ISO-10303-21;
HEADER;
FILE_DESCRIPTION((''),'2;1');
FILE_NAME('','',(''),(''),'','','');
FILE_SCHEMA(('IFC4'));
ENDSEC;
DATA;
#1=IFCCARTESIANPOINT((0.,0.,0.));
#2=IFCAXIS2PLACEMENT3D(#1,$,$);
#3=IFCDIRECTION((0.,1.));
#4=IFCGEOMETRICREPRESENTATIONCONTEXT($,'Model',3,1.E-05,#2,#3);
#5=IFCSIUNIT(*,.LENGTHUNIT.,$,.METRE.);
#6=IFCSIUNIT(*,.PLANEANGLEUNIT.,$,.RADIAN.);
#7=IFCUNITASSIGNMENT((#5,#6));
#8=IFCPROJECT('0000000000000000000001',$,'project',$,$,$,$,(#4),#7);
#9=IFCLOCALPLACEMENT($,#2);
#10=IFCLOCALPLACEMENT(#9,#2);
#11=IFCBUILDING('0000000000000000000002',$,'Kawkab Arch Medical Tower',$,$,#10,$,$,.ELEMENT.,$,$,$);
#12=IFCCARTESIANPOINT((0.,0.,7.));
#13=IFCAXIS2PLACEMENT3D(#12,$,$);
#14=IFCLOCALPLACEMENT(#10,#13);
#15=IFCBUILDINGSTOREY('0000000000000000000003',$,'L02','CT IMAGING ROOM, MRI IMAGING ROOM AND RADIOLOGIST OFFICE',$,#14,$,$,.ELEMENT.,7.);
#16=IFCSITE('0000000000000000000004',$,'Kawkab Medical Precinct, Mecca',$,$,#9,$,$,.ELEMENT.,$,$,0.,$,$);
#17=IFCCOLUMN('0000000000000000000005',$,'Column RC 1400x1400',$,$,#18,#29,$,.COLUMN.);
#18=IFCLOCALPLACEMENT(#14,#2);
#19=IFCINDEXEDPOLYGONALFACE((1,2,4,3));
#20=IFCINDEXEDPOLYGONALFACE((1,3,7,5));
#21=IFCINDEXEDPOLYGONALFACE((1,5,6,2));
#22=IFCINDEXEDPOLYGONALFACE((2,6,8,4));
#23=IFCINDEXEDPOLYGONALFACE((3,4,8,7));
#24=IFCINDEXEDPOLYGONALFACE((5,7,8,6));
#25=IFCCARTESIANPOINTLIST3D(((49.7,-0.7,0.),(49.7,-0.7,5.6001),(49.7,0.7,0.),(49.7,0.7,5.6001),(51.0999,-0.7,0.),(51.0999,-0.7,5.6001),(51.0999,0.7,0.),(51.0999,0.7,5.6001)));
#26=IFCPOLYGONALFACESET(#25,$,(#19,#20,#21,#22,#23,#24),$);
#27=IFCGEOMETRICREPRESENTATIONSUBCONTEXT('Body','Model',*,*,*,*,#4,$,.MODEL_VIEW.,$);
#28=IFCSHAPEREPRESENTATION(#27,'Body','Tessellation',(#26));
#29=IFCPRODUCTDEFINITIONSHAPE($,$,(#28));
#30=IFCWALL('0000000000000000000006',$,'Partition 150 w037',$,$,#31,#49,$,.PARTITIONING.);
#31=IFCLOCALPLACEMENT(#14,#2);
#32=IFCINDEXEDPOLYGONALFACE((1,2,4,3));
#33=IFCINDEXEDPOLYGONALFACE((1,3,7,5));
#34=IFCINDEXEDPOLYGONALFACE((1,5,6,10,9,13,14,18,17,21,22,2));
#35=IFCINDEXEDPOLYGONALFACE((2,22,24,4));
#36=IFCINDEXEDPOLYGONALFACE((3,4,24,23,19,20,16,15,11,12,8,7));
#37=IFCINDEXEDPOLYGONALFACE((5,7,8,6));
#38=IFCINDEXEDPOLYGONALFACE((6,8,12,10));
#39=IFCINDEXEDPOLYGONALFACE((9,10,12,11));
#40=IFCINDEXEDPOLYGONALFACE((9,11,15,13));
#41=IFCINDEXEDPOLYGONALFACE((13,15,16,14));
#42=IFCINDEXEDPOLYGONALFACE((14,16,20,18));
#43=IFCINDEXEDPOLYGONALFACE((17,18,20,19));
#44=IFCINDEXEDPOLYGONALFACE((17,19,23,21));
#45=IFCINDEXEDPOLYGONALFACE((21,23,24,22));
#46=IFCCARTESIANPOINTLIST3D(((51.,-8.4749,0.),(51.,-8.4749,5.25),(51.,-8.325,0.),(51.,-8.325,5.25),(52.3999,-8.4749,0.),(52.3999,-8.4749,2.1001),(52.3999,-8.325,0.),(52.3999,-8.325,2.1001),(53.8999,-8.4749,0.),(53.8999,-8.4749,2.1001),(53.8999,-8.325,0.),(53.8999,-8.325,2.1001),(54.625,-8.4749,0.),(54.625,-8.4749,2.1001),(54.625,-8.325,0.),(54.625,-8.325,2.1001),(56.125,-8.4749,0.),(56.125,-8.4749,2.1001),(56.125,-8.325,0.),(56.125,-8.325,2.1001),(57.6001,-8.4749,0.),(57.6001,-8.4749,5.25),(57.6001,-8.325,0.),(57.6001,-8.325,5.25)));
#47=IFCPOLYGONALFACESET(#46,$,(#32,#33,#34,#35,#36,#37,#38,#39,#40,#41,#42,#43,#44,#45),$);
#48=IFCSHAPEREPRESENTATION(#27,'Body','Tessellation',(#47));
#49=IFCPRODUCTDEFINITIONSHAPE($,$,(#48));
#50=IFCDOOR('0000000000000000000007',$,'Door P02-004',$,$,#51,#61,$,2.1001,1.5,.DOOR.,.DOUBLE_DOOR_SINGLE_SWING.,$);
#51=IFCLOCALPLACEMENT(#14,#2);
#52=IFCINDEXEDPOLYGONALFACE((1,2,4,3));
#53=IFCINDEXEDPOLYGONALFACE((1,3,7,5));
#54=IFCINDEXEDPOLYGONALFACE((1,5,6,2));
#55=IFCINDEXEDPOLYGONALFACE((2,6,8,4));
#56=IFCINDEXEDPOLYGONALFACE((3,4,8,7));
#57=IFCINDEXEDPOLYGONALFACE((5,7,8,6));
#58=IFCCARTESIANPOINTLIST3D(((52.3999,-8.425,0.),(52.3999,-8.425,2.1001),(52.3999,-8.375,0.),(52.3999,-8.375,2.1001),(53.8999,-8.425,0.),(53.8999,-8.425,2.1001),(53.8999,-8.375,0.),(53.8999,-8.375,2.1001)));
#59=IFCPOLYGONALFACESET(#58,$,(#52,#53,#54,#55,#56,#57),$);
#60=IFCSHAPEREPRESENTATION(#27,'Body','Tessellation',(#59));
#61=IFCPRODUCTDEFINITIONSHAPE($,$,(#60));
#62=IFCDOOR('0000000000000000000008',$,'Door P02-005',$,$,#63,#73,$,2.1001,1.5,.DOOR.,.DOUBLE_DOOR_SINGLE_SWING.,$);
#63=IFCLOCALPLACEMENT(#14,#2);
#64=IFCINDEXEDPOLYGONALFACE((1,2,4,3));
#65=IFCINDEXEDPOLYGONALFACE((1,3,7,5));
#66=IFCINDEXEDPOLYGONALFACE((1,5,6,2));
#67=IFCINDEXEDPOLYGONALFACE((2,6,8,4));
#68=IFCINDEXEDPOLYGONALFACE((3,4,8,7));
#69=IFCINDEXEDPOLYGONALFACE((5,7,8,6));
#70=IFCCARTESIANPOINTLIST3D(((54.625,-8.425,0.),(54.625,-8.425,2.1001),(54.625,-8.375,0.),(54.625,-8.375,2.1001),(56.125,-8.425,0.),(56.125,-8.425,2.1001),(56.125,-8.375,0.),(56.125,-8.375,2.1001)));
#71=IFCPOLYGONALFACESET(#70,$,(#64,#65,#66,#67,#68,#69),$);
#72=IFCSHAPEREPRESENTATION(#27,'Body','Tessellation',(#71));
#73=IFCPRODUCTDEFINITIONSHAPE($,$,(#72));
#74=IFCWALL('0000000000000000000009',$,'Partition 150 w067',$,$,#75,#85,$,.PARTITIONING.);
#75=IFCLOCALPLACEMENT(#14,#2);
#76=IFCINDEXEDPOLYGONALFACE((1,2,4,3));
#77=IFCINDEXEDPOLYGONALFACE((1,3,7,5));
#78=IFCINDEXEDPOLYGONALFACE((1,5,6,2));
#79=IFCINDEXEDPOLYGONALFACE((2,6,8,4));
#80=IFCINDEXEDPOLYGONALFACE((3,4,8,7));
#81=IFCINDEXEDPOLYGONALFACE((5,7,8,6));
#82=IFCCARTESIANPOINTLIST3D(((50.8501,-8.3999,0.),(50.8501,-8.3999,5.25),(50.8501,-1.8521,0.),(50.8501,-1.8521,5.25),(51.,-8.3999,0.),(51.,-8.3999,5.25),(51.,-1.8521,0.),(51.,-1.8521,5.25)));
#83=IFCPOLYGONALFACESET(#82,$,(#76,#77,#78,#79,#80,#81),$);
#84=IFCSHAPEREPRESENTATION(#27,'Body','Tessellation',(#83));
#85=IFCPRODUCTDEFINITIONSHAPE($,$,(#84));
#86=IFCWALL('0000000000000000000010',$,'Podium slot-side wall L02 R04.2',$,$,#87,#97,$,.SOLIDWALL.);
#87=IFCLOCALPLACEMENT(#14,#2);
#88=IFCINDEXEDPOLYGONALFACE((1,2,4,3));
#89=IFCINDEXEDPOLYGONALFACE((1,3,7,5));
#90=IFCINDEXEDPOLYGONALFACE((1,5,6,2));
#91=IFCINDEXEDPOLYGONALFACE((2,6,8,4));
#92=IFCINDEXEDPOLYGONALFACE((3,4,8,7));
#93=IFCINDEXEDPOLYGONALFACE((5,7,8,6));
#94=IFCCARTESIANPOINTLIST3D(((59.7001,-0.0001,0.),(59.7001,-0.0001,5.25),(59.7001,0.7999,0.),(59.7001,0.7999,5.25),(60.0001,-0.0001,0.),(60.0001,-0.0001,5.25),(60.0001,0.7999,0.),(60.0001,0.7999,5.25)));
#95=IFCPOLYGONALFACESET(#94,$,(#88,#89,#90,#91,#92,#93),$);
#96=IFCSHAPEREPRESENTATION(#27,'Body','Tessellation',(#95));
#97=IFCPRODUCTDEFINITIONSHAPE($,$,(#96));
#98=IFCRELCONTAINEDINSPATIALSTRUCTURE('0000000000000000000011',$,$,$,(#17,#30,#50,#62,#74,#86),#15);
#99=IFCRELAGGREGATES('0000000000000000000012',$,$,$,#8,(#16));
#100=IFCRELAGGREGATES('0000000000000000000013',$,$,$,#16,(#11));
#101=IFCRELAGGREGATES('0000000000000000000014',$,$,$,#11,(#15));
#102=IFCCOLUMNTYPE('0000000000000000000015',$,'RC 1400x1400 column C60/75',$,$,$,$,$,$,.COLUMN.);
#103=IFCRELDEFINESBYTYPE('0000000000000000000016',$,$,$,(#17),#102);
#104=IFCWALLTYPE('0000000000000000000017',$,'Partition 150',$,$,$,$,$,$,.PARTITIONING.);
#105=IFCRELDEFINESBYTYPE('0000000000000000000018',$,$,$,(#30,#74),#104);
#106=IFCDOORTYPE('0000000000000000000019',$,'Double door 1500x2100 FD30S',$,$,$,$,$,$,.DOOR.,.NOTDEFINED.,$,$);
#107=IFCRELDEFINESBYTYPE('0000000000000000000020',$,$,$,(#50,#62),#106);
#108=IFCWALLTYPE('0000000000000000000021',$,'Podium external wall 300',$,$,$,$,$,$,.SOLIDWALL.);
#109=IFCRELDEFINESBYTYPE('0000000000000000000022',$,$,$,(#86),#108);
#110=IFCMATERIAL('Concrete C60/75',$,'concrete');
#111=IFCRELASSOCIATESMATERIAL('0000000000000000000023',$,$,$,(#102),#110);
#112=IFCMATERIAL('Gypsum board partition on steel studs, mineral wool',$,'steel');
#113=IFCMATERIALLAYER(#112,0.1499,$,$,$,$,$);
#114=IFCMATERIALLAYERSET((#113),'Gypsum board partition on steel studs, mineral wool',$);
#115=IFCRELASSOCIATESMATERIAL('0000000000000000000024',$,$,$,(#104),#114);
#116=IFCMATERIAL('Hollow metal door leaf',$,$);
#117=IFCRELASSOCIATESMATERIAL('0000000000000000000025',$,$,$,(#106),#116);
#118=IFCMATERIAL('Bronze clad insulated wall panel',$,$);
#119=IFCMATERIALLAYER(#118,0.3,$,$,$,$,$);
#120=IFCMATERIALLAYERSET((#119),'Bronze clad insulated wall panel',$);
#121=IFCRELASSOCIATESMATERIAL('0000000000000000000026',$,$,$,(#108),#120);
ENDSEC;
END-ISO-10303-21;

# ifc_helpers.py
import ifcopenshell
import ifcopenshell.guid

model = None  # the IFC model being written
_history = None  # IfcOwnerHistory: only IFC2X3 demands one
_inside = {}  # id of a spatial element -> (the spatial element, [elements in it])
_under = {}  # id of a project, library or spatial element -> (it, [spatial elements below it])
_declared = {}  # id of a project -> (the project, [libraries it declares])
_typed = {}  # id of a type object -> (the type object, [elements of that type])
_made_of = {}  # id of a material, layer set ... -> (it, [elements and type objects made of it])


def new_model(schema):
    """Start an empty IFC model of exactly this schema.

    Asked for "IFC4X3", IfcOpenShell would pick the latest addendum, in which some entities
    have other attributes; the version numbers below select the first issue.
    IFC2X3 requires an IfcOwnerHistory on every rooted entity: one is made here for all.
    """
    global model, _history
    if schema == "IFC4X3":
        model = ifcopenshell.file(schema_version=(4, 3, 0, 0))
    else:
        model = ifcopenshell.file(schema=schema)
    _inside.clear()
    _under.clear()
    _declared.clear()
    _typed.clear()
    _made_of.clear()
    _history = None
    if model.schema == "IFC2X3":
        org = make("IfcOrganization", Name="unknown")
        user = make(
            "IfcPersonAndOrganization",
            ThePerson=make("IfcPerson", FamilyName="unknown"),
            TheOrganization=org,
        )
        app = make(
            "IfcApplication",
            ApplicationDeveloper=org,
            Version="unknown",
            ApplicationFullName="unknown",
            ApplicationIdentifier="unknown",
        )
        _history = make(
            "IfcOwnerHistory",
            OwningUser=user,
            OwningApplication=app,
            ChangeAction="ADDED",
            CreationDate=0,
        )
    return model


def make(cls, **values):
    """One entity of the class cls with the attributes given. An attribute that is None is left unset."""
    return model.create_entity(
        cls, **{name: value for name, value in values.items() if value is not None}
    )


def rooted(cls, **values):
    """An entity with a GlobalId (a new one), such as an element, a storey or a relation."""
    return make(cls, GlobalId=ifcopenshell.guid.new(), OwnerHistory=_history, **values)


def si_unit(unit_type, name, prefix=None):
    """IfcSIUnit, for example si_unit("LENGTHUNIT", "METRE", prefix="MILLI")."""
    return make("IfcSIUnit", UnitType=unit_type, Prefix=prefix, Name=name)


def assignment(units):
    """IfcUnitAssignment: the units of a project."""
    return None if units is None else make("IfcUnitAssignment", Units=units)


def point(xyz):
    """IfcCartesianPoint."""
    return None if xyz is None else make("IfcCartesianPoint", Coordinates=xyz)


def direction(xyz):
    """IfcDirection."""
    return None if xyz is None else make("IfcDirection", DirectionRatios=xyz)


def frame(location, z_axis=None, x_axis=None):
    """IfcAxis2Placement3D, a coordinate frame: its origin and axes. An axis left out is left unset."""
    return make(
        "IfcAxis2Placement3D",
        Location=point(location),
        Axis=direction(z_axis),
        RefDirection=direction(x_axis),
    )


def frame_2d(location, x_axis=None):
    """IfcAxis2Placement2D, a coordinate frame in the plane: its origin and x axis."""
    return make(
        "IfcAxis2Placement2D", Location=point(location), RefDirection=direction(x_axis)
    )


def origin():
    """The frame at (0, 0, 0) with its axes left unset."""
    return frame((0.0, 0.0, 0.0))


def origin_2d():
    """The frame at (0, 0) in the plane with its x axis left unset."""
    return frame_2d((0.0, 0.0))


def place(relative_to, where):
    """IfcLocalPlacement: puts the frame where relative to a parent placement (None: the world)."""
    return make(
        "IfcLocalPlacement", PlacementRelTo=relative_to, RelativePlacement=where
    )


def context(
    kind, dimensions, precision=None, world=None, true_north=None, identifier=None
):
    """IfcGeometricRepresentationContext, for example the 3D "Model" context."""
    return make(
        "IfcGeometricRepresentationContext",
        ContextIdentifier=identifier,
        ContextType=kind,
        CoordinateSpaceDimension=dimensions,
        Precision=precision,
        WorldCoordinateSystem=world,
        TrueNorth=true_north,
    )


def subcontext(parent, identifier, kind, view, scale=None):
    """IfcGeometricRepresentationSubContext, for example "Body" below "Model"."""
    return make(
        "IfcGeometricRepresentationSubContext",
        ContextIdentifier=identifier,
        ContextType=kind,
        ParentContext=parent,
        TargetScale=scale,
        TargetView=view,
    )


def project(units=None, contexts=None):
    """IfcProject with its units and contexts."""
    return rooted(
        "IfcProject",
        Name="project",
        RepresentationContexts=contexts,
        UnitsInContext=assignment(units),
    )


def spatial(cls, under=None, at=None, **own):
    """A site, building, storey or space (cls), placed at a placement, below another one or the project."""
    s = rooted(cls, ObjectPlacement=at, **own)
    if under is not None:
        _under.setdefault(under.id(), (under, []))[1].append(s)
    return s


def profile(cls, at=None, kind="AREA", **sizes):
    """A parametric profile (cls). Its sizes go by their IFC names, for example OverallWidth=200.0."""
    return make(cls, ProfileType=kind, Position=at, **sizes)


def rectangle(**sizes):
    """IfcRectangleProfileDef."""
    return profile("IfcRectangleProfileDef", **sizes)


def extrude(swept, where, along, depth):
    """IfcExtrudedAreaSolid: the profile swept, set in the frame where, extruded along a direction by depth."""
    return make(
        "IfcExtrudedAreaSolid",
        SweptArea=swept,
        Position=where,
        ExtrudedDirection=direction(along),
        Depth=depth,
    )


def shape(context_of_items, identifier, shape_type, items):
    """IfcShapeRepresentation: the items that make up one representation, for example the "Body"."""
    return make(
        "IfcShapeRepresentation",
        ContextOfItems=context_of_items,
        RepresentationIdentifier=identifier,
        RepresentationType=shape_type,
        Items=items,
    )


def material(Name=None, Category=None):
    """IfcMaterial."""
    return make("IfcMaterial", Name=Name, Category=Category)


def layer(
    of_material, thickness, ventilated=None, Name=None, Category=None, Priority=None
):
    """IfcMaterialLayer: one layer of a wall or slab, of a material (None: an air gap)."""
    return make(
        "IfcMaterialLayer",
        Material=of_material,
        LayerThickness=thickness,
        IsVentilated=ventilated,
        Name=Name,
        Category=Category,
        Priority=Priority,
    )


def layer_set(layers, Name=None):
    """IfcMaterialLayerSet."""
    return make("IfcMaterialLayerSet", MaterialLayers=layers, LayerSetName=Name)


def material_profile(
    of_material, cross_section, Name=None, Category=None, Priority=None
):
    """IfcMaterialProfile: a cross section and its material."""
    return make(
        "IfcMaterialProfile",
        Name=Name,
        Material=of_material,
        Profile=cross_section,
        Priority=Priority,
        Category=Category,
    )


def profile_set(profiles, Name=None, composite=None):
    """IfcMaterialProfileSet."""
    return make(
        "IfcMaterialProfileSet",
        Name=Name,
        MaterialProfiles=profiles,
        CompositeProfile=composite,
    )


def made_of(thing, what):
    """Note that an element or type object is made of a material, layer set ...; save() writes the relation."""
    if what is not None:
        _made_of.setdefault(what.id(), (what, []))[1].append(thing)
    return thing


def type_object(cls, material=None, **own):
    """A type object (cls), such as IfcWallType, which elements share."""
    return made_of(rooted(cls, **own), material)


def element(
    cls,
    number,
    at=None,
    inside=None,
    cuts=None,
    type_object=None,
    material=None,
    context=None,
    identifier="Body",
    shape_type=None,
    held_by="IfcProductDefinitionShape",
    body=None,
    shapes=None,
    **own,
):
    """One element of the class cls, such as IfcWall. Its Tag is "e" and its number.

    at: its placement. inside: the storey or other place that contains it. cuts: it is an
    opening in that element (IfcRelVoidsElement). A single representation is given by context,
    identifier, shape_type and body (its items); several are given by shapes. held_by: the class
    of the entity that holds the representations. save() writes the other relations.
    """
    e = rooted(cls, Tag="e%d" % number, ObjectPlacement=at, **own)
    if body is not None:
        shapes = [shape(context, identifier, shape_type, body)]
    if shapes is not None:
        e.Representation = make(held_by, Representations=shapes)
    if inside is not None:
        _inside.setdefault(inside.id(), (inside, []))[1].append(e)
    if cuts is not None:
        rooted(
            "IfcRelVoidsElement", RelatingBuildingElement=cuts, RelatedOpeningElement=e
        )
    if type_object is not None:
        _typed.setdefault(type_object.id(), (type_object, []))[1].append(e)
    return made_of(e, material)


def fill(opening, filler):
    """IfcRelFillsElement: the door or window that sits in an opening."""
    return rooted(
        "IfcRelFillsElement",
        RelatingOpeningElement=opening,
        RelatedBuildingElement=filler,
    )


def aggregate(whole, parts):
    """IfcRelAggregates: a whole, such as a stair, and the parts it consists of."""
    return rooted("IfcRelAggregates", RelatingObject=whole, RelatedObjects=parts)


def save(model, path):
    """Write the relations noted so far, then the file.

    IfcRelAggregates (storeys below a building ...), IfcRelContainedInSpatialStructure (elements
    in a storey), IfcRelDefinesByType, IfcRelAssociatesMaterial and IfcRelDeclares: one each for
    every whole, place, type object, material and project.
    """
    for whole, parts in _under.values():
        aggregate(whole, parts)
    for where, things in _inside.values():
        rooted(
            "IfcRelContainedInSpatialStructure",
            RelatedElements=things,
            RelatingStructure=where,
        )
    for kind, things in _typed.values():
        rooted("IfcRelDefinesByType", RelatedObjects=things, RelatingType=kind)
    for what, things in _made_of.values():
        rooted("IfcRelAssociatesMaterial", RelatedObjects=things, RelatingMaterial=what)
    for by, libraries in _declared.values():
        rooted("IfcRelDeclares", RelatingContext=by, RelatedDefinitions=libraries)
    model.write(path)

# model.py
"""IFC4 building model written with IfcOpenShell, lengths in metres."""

from ifc_helpers import new_model, si_unit, direction, frame, frame_2d, origin, origin_2d, place, context, subcontext, project, spatial, rectangle, extrude, material, layer, layer_set, material_profile, profile_set, type_object, element, fill, save


model = new_model("IFC4")

# Units and contexts
model_context = context("Model", 3, precision=1e-05, world=origin(), true_north=direction((0.0, 1.0)))
body_context = subcontext(model_context, "Body", "Model", "MODEL_VIEW")
ifc_project = project(units=[si_unit("LENGTHUNIT", "METRE"), si_unit("PLANEANGLEUNIT", "RADIAN")], contexts=[model_context])

# Site, building, storey
site_placement = place(None, origin())
site = spatial("IfcSite", under=ifc_project, at=site_placement, Name="Kawkab Medical Precinct, Mecca", CompositionType="ELEMENT", RefElevation=0.0)
building_placement = place(site_placement, origin())
building = spatial("IfcBuilding", under=site, at=building_placement, Name="Kawkab Arch Medical Tower", CompositionType="ELEMENT")
storey_placement = place(building_placement, frame((0.0, 0.0, 7.0)))
storey = spatial("IfcBuildingStorey", under=building, at=storey_placement, Name="L02", Description="CT IMAGING ROOM, MRI IMAGING ROOM AND RADIOLOGIST OFFICE", CompositionType="ELEMENT", Elevation=7.0)

# Column
ifc_material_1 = material(Name="Concrete C60/75", Category="concrete")
ifc_material_profile = material_profile(ifc_material_1, rectangle(XDim=1.3999, YDim=1.3999, at=origin_2d()), Name="RC 1400x1400")
ifc_profile_set = profile_set([ifc_material_profile], Name="Concrete C60/75")
column_type = type_object("IfcColumnType", Name="RC 1400x1400 column C60/75", PredefinedType="COLUMN", material=ifc_profile_set)
column_placement = place(storey_placement, frame((50.3999, 0.0, 0.0), z_axis=(0.0, 0.0, 1.0), x_axis=(1.0, 0.0, 0.0)))
element("IfcColumn", 1, at=column_placement, inside=storey, type_object=column_type, Name="Column RC 1400x1400", PredefinedType="COLUMN", context=body_context, shape_type="SweptSolid", body=[
    extrude(rectangle(XDim=1.3999, YDim=1.3999, at=origin_2d()), origin(), (0.0, 0.0, 1.0), 5.6001),
])

# Wall, openings, doors
ifc_material_2 = material(Name="Gypsum board partition on steel studs, mineral wool", Category="steel")
ifc_layer_1 = layer(ifc_material_2, 0.1499)
ifc_layer_set_1 = layer_set([ifc_layer_1], Name="Gypsum board partition on steel studs, mineral wool")
wall_type_1 = type_object("IfcWallType", Name="Partition 150", PredefinedType="PARTITIONING", material=ifc_layer_set_1)
wall_1_placement = place(storey_placement, frame((51.0, -8.3999, 0.0), z_axis=(0.0, 0.0, 1.0), x_axis=(1.0, 0.0, 0.0)))
wall_1 = element("IfcWall", 2, at=wall_1_placement, inside=storey, type_object=wall_type_1, Name="Partition 150 w037", PredefinedType="PARTITIONING", context=body_context, shape_type="SweptSolid", body=[
    extrude(rectangle(XDim=6.6001, YDim=0.1499, at=frame_2d((3.3, 0.0))), origin(), (0.0, 0.0, 1.0), 5.25),
])
opening_1_placement = place(wall_1_placement, frame((1.3999, 0.0, 0.0)))
opening_1 = element("IfcOpeningElement", 3, at=opening_1_placement, cuts=wall_1, PredefinedType="OPENING", context=body_context, shape_type="SweptSolid", body=[
    extrude(rectangle(XDim=1.5, YDim=2.1001, at=frame_2d((0.75, 1.05))), frame((0.0, 0.085, 0.0), z_axis=(0.0, -1.0, 0.0), x_axis=(1.0, 0.0, 0.0)), (0.0, 0.0, 1.0), 0.1699),
])
opening_2_placement = place(wall_1_placement, frame((3.625, 0.0, 0.0)))
opening_2 = element("IfcOpeningElement", 4, at=opening_2_placement, cuts=wall_1, PredefinedType="OPENING", context=body_context, shape_type="SweptSolid", body=[
    extrude(rectangle(XDim=1.5, YDim=2.1001, at=frame_2d((0.75, 1.05))), frame((0.0, 0.085, 0.0), z_axis=(0.0, -1.0, 0.0), x_axis=(1.0, 0.0, 0.0)), (0.0, 0.0, 1.0), 0.1699),
])
ifc_material_3 = material(Name="Hollow metal door leaf")
door_type = type_object("IfcDoorType", Name="Double door 1500x2100 FD30S", OperationType="NOTDEFINED", PredefinedType="DOOR", material=ifc_material_3)
door_1_placement = place(opening_1_placement, origin())
door_1 = element("IfcDoor", 5, at=door_1_placement, inside=storey, type_object=door_type, Name="Door P02-004", OperationType="DOUBLE_DOOR_SINGLE_SWING", OverallHeight=2.1001, OverallWidth=1.5, PredefinedType="DOOR", context=body_context, shape_type="SweptSolid", body=[
    extrude(rectangle(XDim=1.5, YDim=2.1001, at=frame_2d((0.75, 1.05))), frame((0.0, 0.0249, 0.0), z_axis=(0.0, -1.0, 0.0), x_axis=(1.0, 0.0, 0.0)), (0.0, 0.0, 1.0), 0.05),
])
fill(opening_1, door_1)
door_2_placement = place(opening_2_placement, origin())
door_2 = element("IfcDoor", 6, at=door_2_placement, inside=storey, type_object=door_type, Name="Door P02-005", OperationType="DOUBLE_DOOR_SINGLE_SWING", OverallHeight=2.1001, OverallWidth=1.5, PredefinedType="DOOR", context=body_context, shape_type="SweptSolid", body=[
    extrude(rectangle(XDim=1.5, YDim=2.1001, at=frame_2d((0.75, 1.05))), frame((0.0, 0.0249, 0.0), z_axis=(0.0, -1.0, 0.0), x_axis=(1.0, 0.0, 0.0)), (0.0, 0.0, 1.0), 0.05),
])
fill(opening_2, door_2)

# Walls
wall_2_placement = place(storey_placement, frame((50.925, -8.3999, 0.0), z_axis=(0.0, 0.0, 1.0), x_axis=(0.0, 1.0, 0.0)))
element("IfcWall", 7, at=wall_2_placement, inside=storey, type_object=wall_type_1, Name="Partition 150 w067", PredefinedType="PARTITIONING", context=body_context, shape_type="SweptSolid", body=[
    extrude(rectangle(XDim=6.5479, YDim=0.1499, at=frame_2d((3.2739, 0.0))), origin(), (0.0, 0.0, 1.0), 5.25),
])
ifc_material_4 = material(Name="Bronze clad insulated wall panel")
ifc_layer_2 = layer(ifc_material_4, 0.3)
ifc_layer_set_2 = layer_set([ifc_layer_2], Name="Bronze clad insulated wall panel")
wall_type_2 = type_object("IfcWallType", Name="Podium external wall 300", PredefinedType="SOLIDWALL", material=ifc_layer_set_2)
wall_3_placement = place(storey_placement, frame((59.8501, 0.0, 0.0), z_axis=(0.0, 0.0, 1.0), x_axis=(0.0, 1.0, 0.0)))
element("IfcWall", 8, at=wall_3_placement, inside=storey, type_object=wall_type_2, Name="Podium slot-side wall L02 R04.2", PredefinedType="SOLIDWALL", context=body_context, shape_type="SweptSolid", body=[
    extrude(rectangle(XDim=0.8, YDim=0.3, at=frame_2d((0.3999, 0.0))), origin(), (0.0, 0.0, 1.0), 5.25),
])

save(model, "model.ifc")
